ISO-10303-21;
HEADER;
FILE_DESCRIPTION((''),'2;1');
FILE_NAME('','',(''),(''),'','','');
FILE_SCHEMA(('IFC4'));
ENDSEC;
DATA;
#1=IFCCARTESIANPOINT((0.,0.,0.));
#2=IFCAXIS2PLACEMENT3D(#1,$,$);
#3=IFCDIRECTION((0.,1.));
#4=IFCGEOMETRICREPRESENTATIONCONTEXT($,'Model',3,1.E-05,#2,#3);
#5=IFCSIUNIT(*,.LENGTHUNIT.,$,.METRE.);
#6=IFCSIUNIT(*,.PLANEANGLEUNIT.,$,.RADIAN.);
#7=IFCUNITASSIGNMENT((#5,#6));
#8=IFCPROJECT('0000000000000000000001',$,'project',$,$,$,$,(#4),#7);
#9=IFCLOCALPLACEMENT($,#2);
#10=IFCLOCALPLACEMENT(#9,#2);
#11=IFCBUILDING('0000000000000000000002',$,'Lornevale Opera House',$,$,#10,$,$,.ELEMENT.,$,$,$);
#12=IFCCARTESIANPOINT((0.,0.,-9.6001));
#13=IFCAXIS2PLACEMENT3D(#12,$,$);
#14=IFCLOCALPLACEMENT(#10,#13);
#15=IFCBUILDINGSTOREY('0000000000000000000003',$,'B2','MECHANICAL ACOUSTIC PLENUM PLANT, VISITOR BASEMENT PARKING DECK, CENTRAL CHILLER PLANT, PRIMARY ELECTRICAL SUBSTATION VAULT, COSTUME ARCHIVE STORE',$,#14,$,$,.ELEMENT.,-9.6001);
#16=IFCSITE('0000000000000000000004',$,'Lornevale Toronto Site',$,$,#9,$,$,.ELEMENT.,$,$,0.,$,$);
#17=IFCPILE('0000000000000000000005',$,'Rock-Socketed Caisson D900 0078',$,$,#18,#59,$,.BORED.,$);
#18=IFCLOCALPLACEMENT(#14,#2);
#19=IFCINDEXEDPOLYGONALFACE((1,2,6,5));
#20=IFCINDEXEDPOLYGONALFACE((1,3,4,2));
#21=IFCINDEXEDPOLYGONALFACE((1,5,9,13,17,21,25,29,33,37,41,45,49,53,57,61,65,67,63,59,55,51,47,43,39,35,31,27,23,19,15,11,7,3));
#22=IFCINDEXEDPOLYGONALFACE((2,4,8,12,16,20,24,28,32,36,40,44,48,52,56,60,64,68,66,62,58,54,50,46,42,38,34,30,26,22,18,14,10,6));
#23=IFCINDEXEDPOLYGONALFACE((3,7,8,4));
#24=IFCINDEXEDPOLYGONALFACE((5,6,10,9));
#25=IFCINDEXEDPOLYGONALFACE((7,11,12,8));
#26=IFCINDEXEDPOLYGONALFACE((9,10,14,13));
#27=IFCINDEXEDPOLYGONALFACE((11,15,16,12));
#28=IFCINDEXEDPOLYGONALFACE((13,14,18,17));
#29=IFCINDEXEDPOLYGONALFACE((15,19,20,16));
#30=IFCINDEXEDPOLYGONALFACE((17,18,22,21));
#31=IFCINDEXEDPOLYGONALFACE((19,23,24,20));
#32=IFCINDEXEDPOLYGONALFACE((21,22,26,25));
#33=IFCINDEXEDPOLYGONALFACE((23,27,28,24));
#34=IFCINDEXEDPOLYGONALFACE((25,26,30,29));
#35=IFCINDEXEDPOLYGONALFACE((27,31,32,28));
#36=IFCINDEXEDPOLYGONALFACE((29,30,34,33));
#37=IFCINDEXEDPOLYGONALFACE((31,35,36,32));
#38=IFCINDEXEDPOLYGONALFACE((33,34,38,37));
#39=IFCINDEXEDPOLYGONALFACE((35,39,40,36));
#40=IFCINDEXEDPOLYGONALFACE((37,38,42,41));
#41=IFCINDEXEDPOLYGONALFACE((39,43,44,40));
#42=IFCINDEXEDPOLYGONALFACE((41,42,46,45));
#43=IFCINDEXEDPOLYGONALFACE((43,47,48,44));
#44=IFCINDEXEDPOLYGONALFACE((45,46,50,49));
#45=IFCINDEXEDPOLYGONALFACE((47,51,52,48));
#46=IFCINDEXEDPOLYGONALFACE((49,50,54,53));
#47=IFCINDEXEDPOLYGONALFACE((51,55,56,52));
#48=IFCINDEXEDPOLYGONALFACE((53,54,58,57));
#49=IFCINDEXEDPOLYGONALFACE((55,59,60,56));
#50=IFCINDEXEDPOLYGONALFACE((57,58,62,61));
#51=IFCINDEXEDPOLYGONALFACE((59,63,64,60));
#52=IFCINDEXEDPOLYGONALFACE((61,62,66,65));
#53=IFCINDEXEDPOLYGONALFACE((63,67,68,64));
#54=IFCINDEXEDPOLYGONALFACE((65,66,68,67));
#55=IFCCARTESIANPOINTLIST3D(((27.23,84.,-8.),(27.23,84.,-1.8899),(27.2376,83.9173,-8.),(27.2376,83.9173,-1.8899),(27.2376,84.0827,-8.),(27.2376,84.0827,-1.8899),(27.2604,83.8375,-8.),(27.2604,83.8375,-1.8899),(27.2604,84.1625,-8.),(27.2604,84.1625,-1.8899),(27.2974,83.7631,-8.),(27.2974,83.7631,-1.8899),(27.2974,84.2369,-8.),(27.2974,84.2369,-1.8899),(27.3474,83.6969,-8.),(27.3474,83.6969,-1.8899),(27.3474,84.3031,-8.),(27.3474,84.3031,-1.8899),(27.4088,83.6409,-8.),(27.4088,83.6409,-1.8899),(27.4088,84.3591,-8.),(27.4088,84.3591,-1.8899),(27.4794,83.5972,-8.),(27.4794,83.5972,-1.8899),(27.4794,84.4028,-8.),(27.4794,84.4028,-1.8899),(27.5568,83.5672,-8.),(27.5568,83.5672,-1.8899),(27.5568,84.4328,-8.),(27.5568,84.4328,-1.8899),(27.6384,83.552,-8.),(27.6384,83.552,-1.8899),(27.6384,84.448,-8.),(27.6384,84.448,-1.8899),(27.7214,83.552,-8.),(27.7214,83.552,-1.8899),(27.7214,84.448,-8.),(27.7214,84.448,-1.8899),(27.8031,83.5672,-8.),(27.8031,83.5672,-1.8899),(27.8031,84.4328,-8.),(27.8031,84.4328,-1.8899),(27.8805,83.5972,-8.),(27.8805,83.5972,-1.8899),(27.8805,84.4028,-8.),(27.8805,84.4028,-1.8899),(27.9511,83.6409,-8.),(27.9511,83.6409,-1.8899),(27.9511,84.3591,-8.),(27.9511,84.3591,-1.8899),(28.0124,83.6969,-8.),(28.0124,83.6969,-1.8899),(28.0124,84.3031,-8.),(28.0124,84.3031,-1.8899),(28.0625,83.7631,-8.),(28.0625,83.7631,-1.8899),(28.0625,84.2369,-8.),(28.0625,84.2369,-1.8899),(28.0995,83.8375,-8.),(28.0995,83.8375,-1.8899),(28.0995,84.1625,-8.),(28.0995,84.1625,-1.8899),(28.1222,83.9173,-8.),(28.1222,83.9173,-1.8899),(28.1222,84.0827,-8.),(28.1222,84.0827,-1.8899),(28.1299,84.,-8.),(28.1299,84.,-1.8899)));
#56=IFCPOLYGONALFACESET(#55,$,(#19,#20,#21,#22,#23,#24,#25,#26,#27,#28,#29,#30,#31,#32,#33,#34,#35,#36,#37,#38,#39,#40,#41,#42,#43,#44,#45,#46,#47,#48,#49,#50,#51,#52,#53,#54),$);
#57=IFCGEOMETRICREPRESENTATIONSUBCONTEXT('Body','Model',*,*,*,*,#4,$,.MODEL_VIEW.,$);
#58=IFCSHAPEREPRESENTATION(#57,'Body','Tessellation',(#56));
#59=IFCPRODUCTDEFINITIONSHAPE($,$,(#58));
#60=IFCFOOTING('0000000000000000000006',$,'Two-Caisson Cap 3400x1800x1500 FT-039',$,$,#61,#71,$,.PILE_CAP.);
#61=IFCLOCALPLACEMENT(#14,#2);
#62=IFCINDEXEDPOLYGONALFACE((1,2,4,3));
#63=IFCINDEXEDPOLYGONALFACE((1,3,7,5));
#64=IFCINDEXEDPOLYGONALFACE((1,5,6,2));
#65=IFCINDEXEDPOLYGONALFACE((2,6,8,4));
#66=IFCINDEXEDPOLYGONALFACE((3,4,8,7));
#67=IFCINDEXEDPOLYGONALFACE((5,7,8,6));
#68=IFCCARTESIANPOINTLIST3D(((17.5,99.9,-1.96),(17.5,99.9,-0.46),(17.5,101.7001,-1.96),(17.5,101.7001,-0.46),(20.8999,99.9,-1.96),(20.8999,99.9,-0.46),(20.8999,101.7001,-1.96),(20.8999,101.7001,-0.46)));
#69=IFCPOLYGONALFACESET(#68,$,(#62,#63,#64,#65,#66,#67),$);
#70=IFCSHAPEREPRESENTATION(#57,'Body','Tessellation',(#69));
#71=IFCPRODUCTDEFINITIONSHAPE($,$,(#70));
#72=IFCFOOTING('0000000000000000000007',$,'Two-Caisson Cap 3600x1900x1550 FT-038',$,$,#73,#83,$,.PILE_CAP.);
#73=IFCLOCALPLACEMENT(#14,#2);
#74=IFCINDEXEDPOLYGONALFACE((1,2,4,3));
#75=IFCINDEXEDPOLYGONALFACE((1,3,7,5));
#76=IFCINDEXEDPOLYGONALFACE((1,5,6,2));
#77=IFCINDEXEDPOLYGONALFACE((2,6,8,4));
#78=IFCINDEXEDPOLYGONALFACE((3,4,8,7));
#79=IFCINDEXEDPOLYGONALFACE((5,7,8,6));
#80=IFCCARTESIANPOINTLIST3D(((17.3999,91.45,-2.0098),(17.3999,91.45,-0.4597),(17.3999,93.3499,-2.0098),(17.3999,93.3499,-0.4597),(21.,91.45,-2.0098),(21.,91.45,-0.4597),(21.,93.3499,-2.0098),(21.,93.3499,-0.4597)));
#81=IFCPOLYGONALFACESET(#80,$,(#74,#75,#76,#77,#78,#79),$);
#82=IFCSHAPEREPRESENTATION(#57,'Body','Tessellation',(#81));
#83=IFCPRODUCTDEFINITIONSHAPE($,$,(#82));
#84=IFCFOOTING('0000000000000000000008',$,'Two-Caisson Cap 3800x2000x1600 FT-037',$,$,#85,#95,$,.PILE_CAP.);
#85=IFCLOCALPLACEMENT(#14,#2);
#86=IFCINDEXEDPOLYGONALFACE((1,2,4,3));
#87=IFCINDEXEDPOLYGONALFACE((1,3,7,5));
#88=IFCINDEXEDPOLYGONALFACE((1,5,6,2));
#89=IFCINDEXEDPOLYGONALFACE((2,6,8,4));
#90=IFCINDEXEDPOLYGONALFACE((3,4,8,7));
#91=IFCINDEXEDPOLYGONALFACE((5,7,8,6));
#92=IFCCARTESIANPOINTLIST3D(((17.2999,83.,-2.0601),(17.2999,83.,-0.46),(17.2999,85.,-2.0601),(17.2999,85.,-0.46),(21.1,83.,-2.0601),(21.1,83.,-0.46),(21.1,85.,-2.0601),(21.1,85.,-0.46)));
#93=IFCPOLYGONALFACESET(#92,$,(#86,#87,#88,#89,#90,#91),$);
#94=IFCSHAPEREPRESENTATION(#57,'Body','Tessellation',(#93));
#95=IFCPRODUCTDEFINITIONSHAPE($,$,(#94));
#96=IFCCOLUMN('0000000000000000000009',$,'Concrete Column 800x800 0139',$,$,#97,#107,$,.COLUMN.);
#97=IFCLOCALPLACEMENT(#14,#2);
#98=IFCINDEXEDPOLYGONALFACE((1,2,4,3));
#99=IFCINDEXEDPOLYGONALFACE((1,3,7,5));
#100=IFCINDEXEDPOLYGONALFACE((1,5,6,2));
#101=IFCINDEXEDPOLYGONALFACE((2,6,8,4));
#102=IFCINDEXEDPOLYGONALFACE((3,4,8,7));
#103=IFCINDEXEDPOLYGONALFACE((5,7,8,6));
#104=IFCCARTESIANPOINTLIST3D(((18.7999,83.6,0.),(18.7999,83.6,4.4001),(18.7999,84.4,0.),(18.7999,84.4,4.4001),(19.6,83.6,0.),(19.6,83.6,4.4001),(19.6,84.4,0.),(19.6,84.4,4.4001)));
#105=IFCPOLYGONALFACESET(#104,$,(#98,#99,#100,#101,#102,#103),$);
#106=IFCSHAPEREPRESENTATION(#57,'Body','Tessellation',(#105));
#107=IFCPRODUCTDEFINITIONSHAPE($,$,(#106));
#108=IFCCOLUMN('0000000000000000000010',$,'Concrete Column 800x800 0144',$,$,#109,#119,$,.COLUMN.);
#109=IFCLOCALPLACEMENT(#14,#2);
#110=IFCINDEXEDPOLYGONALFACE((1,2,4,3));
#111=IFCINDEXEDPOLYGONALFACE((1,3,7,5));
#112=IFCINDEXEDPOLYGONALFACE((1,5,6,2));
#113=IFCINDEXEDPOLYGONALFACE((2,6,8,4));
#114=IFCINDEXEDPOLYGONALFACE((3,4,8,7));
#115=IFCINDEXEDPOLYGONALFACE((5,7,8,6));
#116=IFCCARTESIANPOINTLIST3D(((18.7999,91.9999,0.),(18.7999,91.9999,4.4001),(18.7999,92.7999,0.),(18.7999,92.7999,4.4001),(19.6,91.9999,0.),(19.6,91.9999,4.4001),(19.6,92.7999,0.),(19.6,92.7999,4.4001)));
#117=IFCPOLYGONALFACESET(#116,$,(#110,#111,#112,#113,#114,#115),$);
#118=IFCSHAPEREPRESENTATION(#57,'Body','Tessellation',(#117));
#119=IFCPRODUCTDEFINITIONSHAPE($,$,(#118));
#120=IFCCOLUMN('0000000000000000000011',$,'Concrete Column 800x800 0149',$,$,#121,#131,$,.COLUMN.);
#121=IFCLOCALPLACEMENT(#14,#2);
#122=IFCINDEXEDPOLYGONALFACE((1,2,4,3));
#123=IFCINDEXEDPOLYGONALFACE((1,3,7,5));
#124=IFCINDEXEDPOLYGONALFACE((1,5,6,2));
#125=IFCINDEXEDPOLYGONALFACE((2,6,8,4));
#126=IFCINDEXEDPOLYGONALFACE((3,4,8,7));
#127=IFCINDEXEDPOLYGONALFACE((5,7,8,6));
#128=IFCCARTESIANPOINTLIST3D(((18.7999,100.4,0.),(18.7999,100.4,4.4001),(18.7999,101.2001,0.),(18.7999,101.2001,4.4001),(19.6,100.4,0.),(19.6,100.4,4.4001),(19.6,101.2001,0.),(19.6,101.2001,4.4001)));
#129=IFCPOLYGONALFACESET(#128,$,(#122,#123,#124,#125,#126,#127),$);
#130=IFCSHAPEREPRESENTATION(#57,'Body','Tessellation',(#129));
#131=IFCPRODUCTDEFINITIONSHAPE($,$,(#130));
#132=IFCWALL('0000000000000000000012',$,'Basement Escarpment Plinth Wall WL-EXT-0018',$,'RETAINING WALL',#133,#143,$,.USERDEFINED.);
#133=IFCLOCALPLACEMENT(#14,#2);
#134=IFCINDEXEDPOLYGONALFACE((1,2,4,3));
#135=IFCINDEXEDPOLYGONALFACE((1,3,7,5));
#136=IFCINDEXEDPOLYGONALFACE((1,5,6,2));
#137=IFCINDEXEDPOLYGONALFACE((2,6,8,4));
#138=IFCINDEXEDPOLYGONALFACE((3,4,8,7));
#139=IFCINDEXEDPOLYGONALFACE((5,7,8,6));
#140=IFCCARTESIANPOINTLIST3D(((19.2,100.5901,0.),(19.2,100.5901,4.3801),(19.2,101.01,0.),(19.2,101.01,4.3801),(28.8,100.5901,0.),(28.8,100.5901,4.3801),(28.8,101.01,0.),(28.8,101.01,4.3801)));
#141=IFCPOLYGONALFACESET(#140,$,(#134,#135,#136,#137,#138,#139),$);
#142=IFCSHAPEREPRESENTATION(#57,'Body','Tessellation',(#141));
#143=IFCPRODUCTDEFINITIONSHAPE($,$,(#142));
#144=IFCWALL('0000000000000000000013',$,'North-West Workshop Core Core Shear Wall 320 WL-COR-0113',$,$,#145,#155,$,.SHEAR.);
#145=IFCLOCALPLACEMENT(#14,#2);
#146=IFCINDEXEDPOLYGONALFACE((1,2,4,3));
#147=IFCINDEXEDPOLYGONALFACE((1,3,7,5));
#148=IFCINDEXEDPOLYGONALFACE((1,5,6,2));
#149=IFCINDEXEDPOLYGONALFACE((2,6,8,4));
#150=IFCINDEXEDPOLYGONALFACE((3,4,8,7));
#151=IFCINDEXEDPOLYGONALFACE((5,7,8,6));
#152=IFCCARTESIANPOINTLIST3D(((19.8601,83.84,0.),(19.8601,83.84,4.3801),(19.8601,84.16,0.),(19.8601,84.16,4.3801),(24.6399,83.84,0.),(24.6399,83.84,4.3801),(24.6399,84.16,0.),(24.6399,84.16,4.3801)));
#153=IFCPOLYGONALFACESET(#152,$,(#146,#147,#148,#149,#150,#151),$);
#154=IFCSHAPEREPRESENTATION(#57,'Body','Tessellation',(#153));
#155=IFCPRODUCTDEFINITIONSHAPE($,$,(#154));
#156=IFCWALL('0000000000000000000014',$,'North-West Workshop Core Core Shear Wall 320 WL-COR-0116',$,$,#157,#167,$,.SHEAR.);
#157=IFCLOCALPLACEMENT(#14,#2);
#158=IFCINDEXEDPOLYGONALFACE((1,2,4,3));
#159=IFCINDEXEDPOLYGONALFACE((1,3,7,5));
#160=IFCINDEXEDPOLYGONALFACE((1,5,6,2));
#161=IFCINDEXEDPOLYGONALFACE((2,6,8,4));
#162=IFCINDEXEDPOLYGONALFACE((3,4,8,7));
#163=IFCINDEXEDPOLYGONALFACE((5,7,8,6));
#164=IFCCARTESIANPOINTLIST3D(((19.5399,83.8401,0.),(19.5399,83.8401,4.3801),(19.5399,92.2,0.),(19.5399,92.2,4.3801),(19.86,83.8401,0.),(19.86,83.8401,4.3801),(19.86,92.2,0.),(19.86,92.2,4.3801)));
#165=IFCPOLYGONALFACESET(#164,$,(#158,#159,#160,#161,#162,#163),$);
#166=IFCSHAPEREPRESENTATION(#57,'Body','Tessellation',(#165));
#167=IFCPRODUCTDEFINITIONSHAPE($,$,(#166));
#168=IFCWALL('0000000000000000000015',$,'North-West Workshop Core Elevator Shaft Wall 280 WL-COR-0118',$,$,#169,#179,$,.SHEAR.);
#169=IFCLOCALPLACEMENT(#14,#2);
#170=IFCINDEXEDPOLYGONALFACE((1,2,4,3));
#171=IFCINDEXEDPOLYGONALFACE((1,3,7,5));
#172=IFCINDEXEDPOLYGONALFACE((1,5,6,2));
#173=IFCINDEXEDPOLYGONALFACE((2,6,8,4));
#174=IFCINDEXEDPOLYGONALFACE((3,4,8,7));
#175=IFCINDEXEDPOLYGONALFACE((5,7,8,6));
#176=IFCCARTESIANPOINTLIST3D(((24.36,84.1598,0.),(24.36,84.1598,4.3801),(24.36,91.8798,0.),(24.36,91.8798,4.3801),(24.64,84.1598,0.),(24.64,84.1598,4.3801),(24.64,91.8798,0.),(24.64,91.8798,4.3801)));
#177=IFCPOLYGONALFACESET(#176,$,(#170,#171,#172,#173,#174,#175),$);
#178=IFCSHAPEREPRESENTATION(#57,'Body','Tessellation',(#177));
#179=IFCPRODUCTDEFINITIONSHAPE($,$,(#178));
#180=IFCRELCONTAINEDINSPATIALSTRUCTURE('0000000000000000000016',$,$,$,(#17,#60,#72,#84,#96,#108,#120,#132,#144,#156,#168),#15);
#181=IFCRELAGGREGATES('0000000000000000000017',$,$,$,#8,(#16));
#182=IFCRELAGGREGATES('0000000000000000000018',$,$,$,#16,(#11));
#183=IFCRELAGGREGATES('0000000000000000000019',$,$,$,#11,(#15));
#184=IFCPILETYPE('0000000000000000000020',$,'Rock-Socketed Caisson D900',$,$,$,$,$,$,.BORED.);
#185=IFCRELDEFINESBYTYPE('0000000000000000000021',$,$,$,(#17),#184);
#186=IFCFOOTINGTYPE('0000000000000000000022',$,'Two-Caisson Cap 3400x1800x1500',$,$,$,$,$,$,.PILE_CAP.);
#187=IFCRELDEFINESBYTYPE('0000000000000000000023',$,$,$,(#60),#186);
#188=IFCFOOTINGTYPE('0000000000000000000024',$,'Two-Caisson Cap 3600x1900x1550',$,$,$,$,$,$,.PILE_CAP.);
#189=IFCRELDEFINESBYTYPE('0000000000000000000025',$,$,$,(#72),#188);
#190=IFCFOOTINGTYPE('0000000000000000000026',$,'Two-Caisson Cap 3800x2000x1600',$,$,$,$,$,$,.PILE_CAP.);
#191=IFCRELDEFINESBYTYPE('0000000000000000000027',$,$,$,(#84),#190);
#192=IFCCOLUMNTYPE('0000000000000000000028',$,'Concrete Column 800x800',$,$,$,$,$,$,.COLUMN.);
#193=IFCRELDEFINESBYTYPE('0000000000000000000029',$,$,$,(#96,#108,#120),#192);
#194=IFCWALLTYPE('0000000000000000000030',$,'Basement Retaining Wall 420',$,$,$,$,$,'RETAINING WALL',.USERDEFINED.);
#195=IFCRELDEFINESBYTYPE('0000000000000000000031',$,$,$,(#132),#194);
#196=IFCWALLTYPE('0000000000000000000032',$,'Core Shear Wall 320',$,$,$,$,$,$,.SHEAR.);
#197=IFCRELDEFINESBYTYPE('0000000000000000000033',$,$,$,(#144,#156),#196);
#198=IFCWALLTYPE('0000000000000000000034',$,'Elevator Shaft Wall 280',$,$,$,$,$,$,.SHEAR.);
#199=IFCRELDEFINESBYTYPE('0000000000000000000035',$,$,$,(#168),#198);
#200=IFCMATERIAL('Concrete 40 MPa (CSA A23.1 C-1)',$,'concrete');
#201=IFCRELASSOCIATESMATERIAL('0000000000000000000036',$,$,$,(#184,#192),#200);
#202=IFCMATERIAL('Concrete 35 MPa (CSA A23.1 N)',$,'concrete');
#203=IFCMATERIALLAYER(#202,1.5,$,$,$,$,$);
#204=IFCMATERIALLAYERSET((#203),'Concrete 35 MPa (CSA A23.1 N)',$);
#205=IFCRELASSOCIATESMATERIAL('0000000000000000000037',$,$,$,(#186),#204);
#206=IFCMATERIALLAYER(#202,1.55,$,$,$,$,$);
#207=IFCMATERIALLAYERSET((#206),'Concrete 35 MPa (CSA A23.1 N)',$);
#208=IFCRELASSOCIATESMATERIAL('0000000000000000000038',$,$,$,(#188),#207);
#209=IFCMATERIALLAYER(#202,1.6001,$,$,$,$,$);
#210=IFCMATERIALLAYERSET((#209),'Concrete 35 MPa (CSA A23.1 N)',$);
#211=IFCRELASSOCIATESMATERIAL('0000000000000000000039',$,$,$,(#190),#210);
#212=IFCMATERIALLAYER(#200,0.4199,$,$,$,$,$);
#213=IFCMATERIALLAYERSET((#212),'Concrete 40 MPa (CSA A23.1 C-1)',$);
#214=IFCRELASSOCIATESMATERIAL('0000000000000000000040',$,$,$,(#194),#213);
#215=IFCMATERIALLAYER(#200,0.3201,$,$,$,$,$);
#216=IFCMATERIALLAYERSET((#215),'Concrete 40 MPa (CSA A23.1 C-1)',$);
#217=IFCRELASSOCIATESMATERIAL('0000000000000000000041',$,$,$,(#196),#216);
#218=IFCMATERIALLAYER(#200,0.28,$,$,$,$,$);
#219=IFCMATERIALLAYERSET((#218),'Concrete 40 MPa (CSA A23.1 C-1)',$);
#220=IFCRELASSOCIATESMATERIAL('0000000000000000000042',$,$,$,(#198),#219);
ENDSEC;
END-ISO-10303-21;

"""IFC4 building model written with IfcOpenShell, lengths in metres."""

from ifc_helpers import new_model, si_unit, direction, frame, frame_2d, origin, origin_2d, place, context, subcontext, project, spatial, rectangle, circle, extrude, material, layer, layer_set, material_profile, profile_set, type_object, element, save


model = new_model("IFC4")

# Units and contexts
model_context = context("Model", 3, precision=1e-05, world=origin(), true_north=direction((0.0, 1.0)))
body_context = subcontext(model_context, "Body", "Model", "MODEL_VIEW")
ifc_project = project(units=[si_unit("LENGTHUNIT", "METRE"), si_unit("PLANEANGLEUNIT", "RADIAN")], contexts=[model_context])

# Site, building, storey
site_placement = place(None, origin())
site = spatial("IfcSite", under=ifc_project, at=site_placement, Name="Lornevale Toronto Site", CompositionType="ELEMENT", RefElevation=0.0)
building_placement = place(site_placement, origin())
building = spatial("IfcBuilding", under=site, at=building_placement, Name="Lornevale Opera House", CompositionType="ELEMENT")
storey_placement = place(building_placement, frame((0.0, 0.0, -9.6001)))
storey = spatial("IfcBuildingStorey", under=building, at=storey_placement, Name="B2", Description="MECHANICAL ACOUSTIC PLENUM PLANT, VISITOR BASEMENT PARKING DECK, CENTRAL CHILLER PLANT, PRIMARY ELECTRICAL SUBSTATION VAULT, COSTUME ARCHIVE STORE", CompositionType="ELEMENT", Elevation=-9.6001)

# Shared definitions
ifc_material_1 = material(Name="Concrete 35 MPa (CSA A23.1 N)", Category="concrete")

# Pile
ifc_material_2 = material(Name="Concrete 40 MPa (CSA A23.1 C-1)", Category="concrete")
ifc_material_profile_1 = material_profile(ifc_material_2, circle(Radius=0.45, at=origin_2d()), Name="CAIS900")
ifc_profile_set_1 = profile_set([ifc_material_profile_1], Name="Concrete 40 MPa (CSA A23.1 C-1)")
pile_type_1 = type_object("IfcPileType", Name="Rock-Socketed Caisson D900", PredefinedType="BORED", material=ifc_profile_set_1)
for number, where, z_axis, x_axis, name in (
    (1, (27.6799, 84.0, -1.8899), (0.0, 0.0, -1.0), (1.0, 0.0, 0.0), "Rock-Socketed Caisson D900 0078"),
):
    element("IfcPile", number, at=place(storey_placement, frame(where, z_axis=z_axis, x_axis=x_axis)), inside=storey, type_object=pile_type_1, Name=name, PredefinedType="BORED", context=body_context, shape_type="SweptSolid", body=[
        extrude(circle(Radius=0.45, at=origin_2d()), origin(), (0.0, 0.0, 1.0), 6.1101),
    ])

# Footings
ifc_layer_1 = layer(ifc_material_1, 1.5)
ifc_layer_set_1 = layer_set([ifc_layer_1], Name="Concrete 35 MPa (CSA A23.1 N)")
footing_type_1 = type_object("IfcFootingType", Name="Two-Caisson Cap 3400x1800x1500", PredefinedType="PILE_CAP", material=ifc_layer_set_1)
footing_1_placement = place(storey_placement, frame((19.2, 100.8, -1.96), z_axis=(0.0, 0.0, 1.0), x_axis=(1.0, 0.0, 0.0)))
element("IfcFooting", 2, at=footing_1_placement, inside=storey, type_object=footing_type_1, Name="Two-Caisson Cap 3400x1800x1500 FT-039", PredefinedType="PILE_CAP", context=body_context, shape_type="SweptSolid", body=[
    extrude(rectangle(XDim=3.3999, YDim=1.8, at=origin_2d()), origin(), (0.0, 0.0, 1.0), 1.5),
])
ifc_layer_2 = layer(ifc_material_1, 1.55)
ifc_layer_set_2 = layer_set([ifc_layer_2], Name="Concrete 35 MPa (CSA A23.1 N)")
footing_type_2 = type_object("IfcFootingType", Name="Two-Caisson Cap 3600x1900x1550", PredefinedType="PILE_CAP", material=ifc_layer_set_2)
footing_2_placement = place(storey_placement, frame((19.2, 92.3999, -2.0098), z_axis=(0.0, 0.0, 1.0), x_axis=(1.0, 0.0, 0.0)))
element("IfcFooting", 3, at=footing_2_placement, inside=storey, type_object=footing_type_2, Name="Two-Caisson Cap 3600x1900x1550 FT-038", PredefinedType="PILE_CAP", context=body_context, shape_type="SweptSolid", body=[
    extrude(rectangle(XDim=3.6001, YDim=1.8999, at=origin_2d()), origin(), (0.0, 0.0, 1.0), 1.55),
])
ifc_layer_3 = layer(ifc_material_1, 1.6001)
ifc_layer_set_3 = layer_set([ifc_layer_3], Name="Concrete 35 MPa (CSA A23.1 N)")
footing_type_3 = type_object("IfcFootingType", Name="Two-Caisson Cap 3800x2000x1600", PredefinedType="PILE_CAP", material=ifc_layer_set_3)
footing_3_placement = place(storey_placement, frame((19.2, 84.0, -2.0601), z_axis=(0.0, 0.0, 1.0), x_axis=(1.0, 0.0, 0.0)))
element("IfcFooting", 4, at=footing_3_placement, inside=storey, type_object=footing_type_3, Name="Two-Caisson Cap 3800x2000x1600 FT-037", PredefinedType="PILE_CAP", context=body_context, shape_type="SweptSolid", body=[
    extrude(rectangle(XDim=3.8, YDim=2.0, at=origin_2d()), origin(), (0.0, 0.0, 1.0), 1.6001),
])

# Columns
ifc_material_profile_2 = material_profile(ifc_material_2, rectangle(XDim=0.8, YDim=0.8, at=origin_2d()), Name="RC800x800")
ifc_profile_set_2 = profile_set([ifc_material_profile_2], Name="Concrete 40 MPa (CSA A23.1 C-1)")
column_type = type_object("IfcColumnType", Name="Concrete Column 800x800", PredefinedType="COLUMN", material=ifc_profile_set_2)
for number, where, z_axis, x_axis, name in (
    (5, (19.2, 84.0, 0.0), (0.0, 0.0, 1.0), (1.0, 0.0, 0.0), "Concrete Column 800x800 0139"),
    (6, (19.2, 92.3999, 0.0), (0.0, 0.0, 1.0), (1.0, 0.0, 0.0), "Concrete Column 800x800 0144"),
    (7, (19.2, 100.8, 0.0), (0.0, 0.0, 1.0), (1.0, 0.0, 0.0), "Concrete Column 800x800 0149"),
):
    element("IfcColumn", number, at=place(storey_placement, frame(where, z_axis=z_axis, x_axis=x_axis)), inside=storey, type_object=column_type, Name=name, PredefinedType="COLUMN", context=body_context, shape_type="SweptSolid", body=[
        extrude(rectangle(XDim=0.8, YDim=0.8, at=origin_2d()), origin(), (0.0, 0.0, 1.0), 4.4001),
    ])

# Walls
ifc_layer_4 = layer(ifc_material_2, 0.4199)
ifc_layer_set_4 = layer_set([ifc_layer_4], Name="Concrete 40 MPa (CSA A23.1 C-1)")
wall_type_1 = type_object("IfcWallType", Name="Basement Retaining Wall 420", ElementType="RETAINING WALL", PredefinedType="USERDEFINED", material=ifc_layer_set_4)
wall_1_placement = place(storey_placement, frame((19.2, 100.8, 0.0), z_axis=(0.0, 0.0, 1.0), x_axis=(1.0, 0.0, 0.0)))
element("IfcWall", 8, at=wall_1_placement, inside=storey, type_object=wall_type_1, Name="Basement Escarpment Plinth Wall WL-EXT-0018", ObjectType="RETAINING WALL", PredefinedType="USERDEFINED", context=body_context, shape_type="SweptSolid", body=[
    extrude(rectangle(XDim=9.6001, YDim=0.4199, at=frame_2d((4.8, 0.0))), origin(), (0.0, 0.0, 1.0), 4.3801),
])
ifc_layer_5 = layer(ifc_material_2, 0.3201)
ifc_layer_set_5 = layer_set([ifc_layer_5], Name="Concrete 40 MPa (CSA A23.1 C-1)")
wall_type_2 = type_object("IfcWallType", Name="Core Shear Wall 320", PredefinedType="SHEAR", material=ifc_layer_set_5)
wall_2_placement = place(storey_placement, frame((19.8601, 84.0, 0.0), z_axis=(0.0, 0.0, 1.0), x_axis=(1.0, 0.0, 0.0)))
element("IfcWall", 9, at=wall_2_placement, inside=storey, type_object=wall_type_2, Name="North-West Workshop Core Core Shear Wall 320 WL-COR-0113", PredefinedType="SHEAR", context=body_context, shape_type="SweptSolid", body=[
    extrude(rectangle(XDim=4.7798, YDim=0.3201, at=frame_2d((2.3899, 0.0))), origin(), (0.0, 0.0, 1.0), 4.3801),
])
wall_3_placement = place(storey_placement, frame((19.7, 92.2, 0.0), z_axis=(0.0, 0.0, 1.0), x_axis=(0.0, -1.0, 0.0)))
element("IfcWall", 10, at=wall_3_placement, inside=storey, type_object=wall_type_2, Name="North-West Workshop Core Core Shear Wall 320 WL-COR-0116", PredefinedType="SHEAR", context=body_context, shape_type="SweptSolid", body=[
    extrude(rectangle(XDim=8.3599, YDim=0.3201, at=frame_2d((4.1799, 0.0))), origin(), (0.0, 0.0, 1.0), 4.3801),
])

# Shared definitions
ifc_layer_6 = layer(ifc_material_2, 0.28)
ifc_layer_set_6 = layer_set([ifc_layer_6], Name="Concrete 40 MPa (CSA A23.1 C-1)")
wall_type_3 = type_object("IfcWallType", Name="Elevator Shaft Wall 280", PredefinedType="SHEAR", material=ifc_layer_set_6)

# Wall
wall_4_placement = place(storey_placement, frame((24.5, 84.1599, 0.0), z_axis=(0.0, 0.0, 1.0), x_axis=(0.0, 1.0, 0.0)))
element("IfcWall", 11, at=wall_4_placement, inside=storey, type_object=wall_type_3, Name="North-West Workshop Core Elevator Shaft Wall 280 WL-COR-0118", PredefinedType="SHEAR", context=body_context, shape_type="SweptSolid", body=[
    extrude(rectangle(XDim=7.72, YDim=0.28, at=frame_2d((3.8599, 0.0))), origin(), (0.0, 0.0, 1.0), 4.3801),
])

save(model, "model.ifc")
